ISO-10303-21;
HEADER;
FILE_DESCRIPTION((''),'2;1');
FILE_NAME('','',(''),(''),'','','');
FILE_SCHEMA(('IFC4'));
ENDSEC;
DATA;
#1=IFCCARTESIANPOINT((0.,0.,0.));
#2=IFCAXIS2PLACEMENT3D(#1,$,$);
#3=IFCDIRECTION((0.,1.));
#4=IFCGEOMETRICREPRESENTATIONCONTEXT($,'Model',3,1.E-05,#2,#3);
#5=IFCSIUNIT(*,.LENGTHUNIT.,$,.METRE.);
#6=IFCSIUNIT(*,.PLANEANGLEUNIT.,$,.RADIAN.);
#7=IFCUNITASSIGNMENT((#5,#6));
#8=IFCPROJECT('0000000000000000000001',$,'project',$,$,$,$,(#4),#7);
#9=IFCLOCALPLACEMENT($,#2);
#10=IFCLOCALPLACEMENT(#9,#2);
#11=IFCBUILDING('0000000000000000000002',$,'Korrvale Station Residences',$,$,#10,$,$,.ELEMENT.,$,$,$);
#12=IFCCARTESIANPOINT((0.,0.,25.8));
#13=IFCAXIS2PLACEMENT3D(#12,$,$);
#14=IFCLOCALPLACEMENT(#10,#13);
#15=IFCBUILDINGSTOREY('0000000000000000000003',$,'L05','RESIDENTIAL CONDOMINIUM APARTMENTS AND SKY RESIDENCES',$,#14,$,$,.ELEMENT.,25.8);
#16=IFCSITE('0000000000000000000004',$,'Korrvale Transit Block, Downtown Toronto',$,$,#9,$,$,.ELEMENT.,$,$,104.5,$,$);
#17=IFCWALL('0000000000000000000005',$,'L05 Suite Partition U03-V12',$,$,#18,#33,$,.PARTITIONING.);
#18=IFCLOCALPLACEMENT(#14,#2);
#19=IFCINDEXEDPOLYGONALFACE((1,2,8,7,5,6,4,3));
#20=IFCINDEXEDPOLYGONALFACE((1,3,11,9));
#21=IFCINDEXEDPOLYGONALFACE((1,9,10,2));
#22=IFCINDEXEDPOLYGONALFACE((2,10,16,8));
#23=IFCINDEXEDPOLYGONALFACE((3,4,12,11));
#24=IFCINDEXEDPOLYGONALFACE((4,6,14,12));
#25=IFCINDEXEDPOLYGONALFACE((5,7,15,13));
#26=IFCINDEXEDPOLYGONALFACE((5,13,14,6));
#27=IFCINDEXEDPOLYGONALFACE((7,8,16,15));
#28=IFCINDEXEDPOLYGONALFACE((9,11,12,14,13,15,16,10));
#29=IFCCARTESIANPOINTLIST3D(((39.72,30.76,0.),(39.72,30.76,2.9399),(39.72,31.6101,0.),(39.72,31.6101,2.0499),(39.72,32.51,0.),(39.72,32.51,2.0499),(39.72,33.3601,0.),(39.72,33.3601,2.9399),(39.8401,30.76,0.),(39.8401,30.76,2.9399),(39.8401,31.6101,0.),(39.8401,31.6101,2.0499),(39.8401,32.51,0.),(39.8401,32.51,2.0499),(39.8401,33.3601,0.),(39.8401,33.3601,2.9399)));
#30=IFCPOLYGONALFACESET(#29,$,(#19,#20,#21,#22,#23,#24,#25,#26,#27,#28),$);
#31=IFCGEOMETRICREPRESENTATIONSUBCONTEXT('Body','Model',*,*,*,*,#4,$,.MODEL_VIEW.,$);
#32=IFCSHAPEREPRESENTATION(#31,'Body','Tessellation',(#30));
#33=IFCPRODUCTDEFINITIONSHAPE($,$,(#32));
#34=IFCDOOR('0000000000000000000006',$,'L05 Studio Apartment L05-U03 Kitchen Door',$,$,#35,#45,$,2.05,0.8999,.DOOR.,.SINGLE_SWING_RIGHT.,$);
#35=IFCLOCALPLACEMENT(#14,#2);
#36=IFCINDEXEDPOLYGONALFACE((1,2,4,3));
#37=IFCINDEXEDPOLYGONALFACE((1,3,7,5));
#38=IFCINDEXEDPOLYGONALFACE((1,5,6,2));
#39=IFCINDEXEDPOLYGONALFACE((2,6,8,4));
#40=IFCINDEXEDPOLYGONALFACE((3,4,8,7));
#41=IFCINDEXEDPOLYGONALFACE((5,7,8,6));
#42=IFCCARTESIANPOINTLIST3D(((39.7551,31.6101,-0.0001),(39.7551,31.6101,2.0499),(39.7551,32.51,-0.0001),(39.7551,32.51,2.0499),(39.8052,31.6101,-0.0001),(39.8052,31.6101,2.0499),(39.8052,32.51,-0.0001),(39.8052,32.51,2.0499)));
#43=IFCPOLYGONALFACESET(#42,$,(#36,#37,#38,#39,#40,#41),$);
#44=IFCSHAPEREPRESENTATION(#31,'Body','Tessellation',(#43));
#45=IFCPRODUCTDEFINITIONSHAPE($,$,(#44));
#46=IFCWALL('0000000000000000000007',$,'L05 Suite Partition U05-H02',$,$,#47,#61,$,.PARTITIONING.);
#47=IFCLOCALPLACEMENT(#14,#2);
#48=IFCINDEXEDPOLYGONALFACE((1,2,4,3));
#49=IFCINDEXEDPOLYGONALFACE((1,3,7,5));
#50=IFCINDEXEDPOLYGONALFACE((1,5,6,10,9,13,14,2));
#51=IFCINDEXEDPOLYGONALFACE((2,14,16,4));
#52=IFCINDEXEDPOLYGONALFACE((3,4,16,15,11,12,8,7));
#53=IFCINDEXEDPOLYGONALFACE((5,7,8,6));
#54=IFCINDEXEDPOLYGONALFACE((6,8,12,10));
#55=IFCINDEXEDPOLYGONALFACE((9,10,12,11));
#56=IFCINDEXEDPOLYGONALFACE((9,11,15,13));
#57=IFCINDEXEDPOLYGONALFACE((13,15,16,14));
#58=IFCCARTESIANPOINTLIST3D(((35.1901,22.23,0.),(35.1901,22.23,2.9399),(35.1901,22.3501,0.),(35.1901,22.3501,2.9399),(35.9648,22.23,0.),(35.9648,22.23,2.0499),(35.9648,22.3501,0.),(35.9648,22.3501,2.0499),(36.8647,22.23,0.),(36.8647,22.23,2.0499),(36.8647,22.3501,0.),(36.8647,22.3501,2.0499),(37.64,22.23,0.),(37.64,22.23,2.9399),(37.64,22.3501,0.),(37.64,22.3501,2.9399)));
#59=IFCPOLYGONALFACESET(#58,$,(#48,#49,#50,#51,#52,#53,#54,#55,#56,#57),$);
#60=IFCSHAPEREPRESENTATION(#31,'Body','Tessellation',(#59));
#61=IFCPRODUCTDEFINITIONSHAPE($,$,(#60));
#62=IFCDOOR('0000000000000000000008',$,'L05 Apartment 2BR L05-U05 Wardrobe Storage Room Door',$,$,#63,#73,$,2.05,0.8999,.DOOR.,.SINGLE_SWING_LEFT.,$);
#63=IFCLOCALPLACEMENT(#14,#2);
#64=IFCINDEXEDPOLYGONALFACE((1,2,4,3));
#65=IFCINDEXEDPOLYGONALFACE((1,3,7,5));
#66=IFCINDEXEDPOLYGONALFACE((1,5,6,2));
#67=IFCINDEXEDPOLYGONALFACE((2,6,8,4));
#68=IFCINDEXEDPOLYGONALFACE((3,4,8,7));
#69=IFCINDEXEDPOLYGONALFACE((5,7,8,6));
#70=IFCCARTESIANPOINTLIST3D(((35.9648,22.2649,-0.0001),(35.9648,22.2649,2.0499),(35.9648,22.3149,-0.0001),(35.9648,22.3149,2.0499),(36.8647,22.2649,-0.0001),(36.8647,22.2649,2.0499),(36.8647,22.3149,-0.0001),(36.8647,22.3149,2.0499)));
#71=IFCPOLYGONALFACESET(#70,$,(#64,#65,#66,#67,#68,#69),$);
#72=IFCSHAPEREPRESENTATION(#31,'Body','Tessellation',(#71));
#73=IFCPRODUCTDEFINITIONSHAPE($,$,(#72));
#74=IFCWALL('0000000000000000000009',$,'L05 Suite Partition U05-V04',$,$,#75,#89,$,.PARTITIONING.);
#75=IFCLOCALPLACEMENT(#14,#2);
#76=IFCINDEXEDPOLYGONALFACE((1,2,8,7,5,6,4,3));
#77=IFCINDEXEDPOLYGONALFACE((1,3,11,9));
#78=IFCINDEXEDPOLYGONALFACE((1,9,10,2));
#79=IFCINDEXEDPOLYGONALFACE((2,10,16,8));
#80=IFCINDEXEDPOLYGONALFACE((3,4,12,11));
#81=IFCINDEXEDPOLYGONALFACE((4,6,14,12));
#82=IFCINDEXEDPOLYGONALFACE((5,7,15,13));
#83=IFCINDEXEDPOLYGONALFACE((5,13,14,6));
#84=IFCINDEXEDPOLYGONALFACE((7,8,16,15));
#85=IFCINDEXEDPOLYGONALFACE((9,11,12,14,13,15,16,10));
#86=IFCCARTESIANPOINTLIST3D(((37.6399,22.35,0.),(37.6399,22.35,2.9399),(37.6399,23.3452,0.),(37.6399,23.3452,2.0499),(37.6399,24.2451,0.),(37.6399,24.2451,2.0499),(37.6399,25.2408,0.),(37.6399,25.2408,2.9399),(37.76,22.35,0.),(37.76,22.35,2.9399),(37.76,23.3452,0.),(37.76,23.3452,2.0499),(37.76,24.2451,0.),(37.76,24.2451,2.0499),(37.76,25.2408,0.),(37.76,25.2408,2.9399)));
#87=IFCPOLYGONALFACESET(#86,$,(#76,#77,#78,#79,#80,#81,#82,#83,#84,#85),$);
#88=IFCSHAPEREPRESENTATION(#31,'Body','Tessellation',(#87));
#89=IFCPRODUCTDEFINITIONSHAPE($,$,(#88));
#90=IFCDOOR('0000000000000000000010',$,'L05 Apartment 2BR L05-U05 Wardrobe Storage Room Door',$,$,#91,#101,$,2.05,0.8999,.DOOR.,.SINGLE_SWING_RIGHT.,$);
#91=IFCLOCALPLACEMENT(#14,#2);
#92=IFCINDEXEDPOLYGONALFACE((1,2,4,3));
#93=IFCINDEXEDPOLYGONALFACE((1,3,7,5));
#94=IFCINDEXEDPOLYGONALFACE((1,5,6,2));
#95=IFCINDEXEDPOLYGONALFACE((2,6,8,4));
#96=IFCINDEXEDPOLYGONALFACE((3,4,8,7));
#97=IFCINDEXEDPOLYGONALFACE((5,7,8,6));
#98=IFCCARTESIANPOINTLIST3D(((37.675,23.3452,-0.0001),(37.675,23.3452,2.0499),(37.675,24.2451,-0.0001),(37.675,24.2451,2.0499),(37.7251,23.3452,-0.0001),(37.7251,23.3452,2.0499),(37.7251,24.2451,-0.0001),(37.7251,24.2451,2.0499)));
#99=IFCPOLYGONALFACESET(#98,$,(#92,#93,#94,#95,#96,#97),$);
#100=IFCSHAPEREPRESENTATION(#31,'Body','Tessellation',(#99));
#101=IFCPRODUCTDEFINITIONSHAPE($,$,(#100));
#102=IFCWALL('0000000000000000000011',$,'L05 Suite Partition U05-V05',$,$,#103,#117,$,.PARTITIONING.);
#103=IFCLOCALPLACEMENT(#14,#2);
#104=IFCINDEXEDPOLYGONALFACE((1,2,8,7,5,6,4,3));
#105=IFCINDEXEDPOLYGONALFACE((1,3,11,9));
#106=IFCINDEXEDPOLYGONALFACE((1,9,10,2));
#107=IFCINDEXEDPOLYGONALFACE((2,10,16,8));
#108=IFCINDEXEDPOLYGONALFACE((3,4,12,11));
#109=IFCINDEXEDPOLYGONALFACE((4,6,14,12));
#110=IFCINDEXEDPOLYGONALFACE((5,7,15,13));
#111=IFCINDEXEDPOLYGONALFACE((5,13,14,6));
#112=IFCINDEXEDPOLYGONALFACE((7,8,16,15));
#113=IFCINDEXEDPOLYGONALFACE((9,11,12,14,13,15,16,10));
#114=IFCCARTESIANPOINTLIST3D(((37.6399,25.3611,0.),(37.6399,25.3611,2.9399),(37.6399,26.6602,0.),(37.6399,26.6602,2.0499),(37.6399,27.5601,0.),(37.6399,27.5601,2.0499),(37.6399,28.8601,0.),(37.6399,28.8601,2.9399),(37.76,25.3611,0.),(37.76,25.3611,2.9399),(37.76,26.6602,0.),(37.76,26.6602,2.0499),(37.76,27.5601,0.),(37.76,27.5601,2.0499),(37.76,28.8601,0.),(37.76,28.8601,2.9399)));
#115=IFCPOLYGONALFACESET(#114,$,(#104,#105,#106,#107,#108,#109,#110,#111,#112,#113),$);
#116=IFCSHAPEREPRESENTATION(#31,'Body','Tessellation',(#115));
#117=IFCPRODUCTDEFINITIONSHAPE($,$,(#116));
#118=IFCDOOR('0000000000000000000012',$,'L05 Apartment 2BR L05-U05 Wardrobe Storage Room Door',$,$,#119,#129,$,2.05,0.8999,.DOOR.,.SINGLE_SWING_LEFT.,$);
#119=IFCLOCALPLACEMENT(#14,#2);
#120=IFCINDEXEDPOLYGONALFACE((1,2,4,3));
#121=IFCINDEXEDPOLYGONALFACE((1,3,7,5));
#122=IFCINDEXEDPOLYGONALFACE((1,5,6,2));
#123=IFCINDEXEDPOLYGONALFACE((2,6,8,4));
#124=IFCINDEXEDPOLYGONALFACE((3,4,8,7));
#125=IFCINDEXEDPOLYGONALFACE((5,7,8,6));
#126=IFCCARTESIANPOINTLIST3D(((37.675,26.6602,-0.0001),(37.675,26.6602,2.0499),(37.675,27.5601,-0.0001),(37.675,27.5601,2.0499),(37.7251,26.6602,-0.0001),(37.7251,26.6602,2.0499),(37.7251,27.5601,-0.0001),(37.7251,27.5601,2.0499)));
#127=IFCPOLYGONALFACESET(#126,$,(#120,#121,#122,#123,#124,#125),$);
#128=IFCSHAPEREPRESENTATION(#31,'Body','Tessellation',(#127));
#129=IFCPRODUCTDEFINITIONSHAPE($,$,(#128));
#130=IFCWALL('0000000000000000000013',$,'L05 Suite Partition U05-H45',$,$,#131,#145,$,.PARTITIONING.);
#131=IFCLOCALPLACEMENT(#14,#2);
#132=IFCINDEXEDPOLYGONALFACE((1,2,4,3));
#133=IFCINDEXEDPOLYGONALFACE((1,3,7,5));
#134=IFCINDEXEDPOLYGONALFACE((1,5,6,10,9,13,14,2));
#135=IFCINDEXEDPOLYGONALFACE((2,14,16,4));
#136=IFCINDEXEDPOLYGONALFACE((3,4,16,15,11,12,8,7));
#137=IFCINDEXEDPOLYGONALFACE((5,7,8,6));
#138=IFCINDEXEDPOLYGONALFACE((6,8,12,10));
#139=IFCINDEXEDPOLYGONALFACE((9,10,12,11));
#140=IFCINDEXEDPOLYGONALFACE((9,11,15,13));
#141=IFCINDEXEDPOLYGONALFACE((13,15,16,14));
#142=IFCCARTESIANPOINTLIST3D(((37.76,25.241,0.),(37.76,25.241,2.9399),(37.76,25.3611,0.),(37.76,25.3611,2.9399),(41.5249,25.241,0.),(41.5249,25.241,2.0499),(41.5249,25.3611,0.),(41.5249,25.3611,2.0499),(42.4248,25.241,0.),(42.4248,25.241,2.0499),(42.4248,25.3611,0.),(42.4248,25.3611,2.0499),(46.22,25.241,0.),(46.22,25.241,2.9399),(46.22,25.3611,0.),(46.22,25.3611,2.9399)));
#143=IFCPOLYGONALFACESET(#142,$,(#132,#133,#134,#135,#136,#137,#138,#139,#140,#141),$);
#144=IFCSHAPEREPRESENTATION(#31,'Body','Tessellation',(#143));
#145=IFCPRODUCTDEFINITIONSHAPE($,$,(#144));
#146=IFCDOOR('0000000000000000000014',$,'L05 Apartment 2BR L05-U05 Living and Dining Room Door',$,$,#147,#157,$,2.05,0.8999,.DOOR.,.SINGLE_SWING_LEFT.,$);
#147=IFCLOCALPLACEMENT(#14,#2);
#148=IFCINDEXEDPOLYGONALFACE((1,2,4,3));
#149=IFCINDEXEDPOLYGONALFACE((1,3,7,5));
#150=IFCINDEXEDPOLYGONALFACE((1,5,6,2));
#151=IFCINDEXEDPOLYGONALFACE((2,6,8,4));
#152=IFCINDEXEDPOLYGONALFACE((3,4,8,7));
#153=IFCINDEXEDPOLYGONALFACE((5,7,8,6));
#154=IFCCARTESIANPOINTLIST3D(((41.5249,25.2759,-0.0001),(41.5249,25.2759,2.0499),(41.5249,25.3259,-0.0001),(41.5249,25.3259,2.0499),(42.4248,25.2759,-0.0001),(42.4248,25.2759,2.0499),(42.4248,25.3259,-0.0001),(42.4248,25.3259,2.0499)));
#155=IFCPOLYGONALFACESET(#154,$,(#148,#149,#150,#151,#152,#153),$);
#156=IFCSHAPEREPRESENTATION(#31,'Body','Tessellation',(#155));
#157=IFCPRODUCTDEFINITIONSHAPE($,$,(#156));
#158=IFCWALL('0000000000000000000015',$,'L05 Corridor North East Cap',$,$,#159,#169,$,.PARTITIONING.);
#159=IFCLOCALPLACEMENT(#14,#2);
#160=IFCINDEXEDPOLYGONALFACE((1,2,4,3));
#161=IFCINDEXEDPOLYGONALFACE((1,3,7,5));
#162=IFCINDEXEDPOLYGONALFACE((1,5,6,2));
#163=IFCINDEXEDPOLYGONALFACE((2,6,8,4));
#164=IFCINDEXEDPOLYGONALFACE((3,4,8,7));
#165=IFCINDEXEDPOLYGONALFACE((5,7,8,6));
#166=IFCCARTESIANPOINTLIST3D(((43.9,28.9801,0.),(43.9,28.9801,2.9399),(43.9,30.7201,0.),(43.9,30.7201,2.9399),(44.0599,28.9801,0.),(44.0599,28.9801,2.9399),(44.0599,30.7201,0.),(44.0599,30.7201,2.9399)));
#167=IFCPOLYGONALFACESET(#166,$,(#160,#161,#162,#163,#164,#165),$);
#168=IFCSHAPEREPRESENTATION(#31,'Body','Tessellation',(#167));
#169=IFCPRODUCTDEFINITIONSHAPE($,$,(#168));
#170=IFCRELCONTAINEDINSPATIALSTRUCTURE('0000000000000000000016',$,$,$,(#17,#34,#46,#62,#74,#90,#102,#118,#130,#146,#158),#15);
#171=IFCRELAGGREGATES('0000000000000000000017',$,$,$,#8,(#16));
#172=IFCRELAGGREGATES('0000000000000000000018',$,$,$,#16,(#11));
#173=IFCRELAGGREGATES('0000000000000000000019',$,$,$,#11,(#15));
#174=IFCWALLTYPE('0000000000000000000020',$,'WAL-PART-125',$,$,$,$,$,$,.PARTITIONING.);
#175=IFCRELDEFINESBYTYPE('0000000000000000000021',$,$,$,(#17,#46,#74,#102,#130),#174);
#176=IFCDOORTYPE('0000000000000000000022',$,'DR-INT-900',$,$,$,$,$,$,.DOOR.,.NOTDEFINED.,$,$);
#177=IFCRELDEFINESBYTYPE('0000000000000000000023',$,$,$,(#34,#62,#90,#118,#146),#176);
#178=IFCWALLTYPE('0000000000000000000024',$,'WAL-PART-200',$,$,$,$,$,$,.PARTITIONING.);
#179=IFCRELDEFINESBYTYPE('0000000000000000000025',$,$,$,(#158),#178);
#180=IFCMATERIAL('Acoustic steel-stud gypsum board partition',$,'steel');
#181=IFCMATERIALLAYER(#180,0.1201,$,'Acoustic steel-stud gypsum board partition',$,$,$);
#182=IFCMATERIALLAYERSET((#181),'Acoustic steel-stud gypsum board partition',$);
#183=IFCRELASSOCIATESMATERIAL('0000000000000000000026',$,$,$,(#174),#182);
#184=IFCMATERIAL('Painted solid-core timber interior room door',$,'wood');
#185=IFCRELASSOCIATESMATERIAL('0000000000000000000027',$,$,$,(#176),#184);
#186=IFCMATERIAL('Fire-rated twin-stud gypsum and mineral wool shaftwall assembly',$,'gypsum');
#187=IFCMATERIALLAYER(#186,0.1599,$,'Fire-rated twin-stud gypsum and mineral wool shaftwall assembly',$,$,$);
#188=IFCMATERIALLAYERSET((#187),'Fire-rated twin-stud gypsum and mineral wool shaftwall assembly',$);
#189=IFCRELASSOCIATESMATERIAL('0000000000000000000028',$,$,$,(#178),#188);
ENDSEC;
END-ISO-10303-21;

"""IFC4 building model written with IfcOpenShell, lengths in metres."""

from ifc_helpers import new_model, si_unit, direction, frame, frame_2d, origin, place, context, subcontext, project, spatial, rectangle, extrude, material, layer, layer_set, type_object, element, fill, save


model = new_model("IFC4")

# Units and contexts
model_context = context("Model", 3, precision=1e-05, world=origin(), true_north=direction((0.0, 1.0)))
body_context = subcontext(model_context, "Body", "Model", "MODEL_VIEW")
ifc_project = project(units=[si_unit("LENGTHUNIT", "METRE"), si_unit("PLANEANGLEUNIT", "RADIAN")], contexts=[model_context])

# Site, building, storey
site_placement = place(None, origin())
site = spatial("IfcSite", under=ifc_project, at=site_placement, Name="Korrvale Transit Block, Downtown Toronto", CompositionType="ELEMENT", RefElevation=104.5)
building_placement = place(site_placement, origin())
building = spatial("IfcBuilding", under=site, at=building_placement, Name="Korrvale Station Residences", CompositionType="ELEMENT")
storey_placement = place(building_placement, frame((0.0, 0.0, 25.8)))
storey = spatial("IfcBuildingStorey", under=building, at=storey_placement, Name="L05", Description="RESIDENTIAL CONDOMINIUM APARTMENTS AND SKY RESIDENCES", CompositionType="ELEMENT", Elevation=25.8)

# Walls, openings, doors
ifc_material_1 = material(Name="Acoustic steel-stud gypsum board partition", Category="steel")
ifc_layer_1 = layer(ifc_material_1, 0.1201, Name="Acoustic steel-stud gypsum board partition")
ifc_layer_set_1 = layer_set([ifc_layer_1], Name="Acoustic steel-stud gypsum board partition")
wall_type_1 = type_object("IfcWallType", Name="WAL-PART-125", PredefinedType="PARTITIONING", material=ifc_layer_set_1)
wall_1_placement = place(storey_placement, frame((39.78, 30.76, 0.0), z_axis=(0.0, 0.0, 1.0), x_axis=(0.0, 1.0, 0.0)))
wall_1 = element("IfcWall", 1, at=wall_1_placement, inside=storey, type_object=wall_type_1, Name="L05 Suite Partition U03-V12", PredefinedType="PARTITIONING", context=body_context, shape_type="SweptSolid", body=[
    extrude(rectangle(XDim=2.6001, YDim=0.1201, at=frame_2d((1.3, 0.0))), origin(), (0.0, 0.0, 1.0), 2.9399),
])
opening_1_placement = place(wall_1_placement, frame((0.8501, 0.0, 0.0)))
opening_1 = element("IfcOpeningElement", 2, at=opening_1_placement, cuts=wall_1, PredefinedType="OPENING", context=body_context, shape_type="SweptSolid", body=[
    extrude(rectangle(XDim=0.8999, YDim=2.05, at=frame_2d((0.45, 1.0249))), frame((0.0, 0.0701, 0.0), z_axis=(0.0, -1.0, 0.0), x_axis=(1.0, 0.0, 0.0)), (0.0, 0.0, 1.0), 0.1401),
])
ifc_material_2 = material(Name="Painted solid-core timber interior room door", Category="wood")
door_type_1 = type_object("IfcDoorType", Name="DR-INT-900", OperationType="NOTDEFINED", PredefinedType="DOOR", material=ifc_material_2)
door_1_placement = place(opening_1_placement, origin())
door_1 = element("IfcDoor", 3, at=door_1_placement, inside=storey, type_object=door_type_1, Name="L05 Studio Apartment L05-U03 Kitchen Door", OperationType="SINGLE_SWING_RIGHT", OverallHeight=2.05, OverallWidth=0.8999, PredefinedType="DOOR", context=body_context, shape_type="SweptSolid", body=[
    extrude(rectangle(XDim=0.8999, YDim=2.05, at=frame_2d((0.45, 1.0249))), frame((0.0, 0.0249, 0.0), z_axis=(0.0, -1.0, 0.0), x_axis=(1.0, 0.0, 0.0)), (0.0, 0.0, 1.0), 0.05),
])
fill(opening_1, door_1)
wall_2_placement = place(storey_placement, frame((35.1899, 22.29, 0.0), z_axis=(0.0, 0.0, 1.0), x_axis=(1.0, 0.0, 0.0)))
wall_2 = element("IfcWall", 4, at=wall_2_placement, inside=storey, type_object=wall_type_1, Name="L05 Suite Partition U05-H02", PredefinedType="PARTITIONING", context=body_context, shape_type="SweptSolid", body=[
    extrude(rectangle(XDim=2.45, YDim=0.1201, at=frame_2d((1.2251, 0.0))), origin(), (0.0, 0.0, 1.0), 2.9399),
])
opening_2_placement = place(wall_2_placement, frame((0.7749, 0.0, 0.0)))
opening_2 = element("IfcOpeningElement", 5, at=opening_2_placement, cuts=wall_2, PredefinedType="OPENING", context=body_context, shape_type="SweptSolid", body=[
    extrude(rectangle(XDim=0.8999, YDim=2.05, at=frame_2d((0.45, 1.0249))), frame((0.0, 0.0701, 0.0), z_axis=(0.0, -1.0, 0.0), x_axis=(1.0, 0.0, 0.0)), (0.0, 0.0, 1.0), 0.1401),
])
door_2_placement = place(opening_2_placement, origin())
door_2 = element("IfcDoor", 6, at=door_2_placement, inside=storey, type_object=door_type_1, Name="L05 Apartment 2BR L05-U05 Wardrobe Storage Room Door", OperationType="SINGLE_SWING_LEFT", OverallHeight=2.05, OverallWidth=0.8999, PredefinedType="DOOR", context=body_context, shape_type="SweptSolid", body=[
    extrude(rectangle(XDim=0.8999, YDim=2.05, at=frame_2d((0.45, 1.0249))), frame((0.0, 0.0249, 0.0), z_axis=(0.0, -1.0, 0.0), x_axis=(1.0, 0.0, 0.0)), (0.0, 0.0, 1.0), 0.05),
])
fill(opening_2, door_2)
wall_3_placement = place(storey_placement, frame((37.7, 22.3501, 0.0), z_axis=(0.0, 0.0, 1.0), x_axis=(0.0, 1.0, 0.0)))
wall_3 = element("IfcWall", 7, at=wall_3_placement, inside=storey, type_object=wall_type_1, Name="L05 Suite Partition U05-V04", PredefinedType="PARTITIONING", context=body_context, shape_type="SweptSolid", body=[
    extrude(rectangle(XDim=2.8909, YDim=0.1201, at=frame_2d((1.4453, 0.0))), origin(), (0.0, 0.0, 1.0), 2.9399),
])
opening_3_placement = place(wall_3_placement, frame((0.9951, 0.0, 0.0)))
opening_3 = element("IfcOpeningElement", 8, at=opening_3_placement, cuts=wall_3, PredefinedType="OPENING", context=body_context, shape_type="SweptSolid", body=[
    extrude(rectangle(XDim=0.8999, YDim=2.05, at=frame_2d((0.45, 1.0249))), frame((0.0, 0.0701, 0.0), z_axis=(0.0, -1.0, 0.0), x_axis=(1.0, 0.0, 0.0)), (0.0, 0.0, 1.0), 0.1401),
])
door_3_placement = place(opening_3_placement, origin())
door_3 = element("IfcDoor", 9, at=door_3_placement, inside=storey, type_object=door_type_1, Name="L05 Apartment 2BR L05-U05 Wardrobe Storage Room Door", OperationType="SINGLE_SWING_RIGHT", OverallHeight=2.05, OverallWidth=0.8999, PredefinedType="DOOR", context=body_context, shape_type="SweptSolid", body=[
    extrude(rectangle(XDim=0.8999, YDim=2.05, at=frame_2d((0.45, 1.0249))), frame((0.0, 0.0249, 0.0), z_axis=(0.0, -1.0, 0.0), x_axis=(1.0, 0.0, 0.0)), (0.0, 0.0, 1.0), 0.05),
])
fill(opening_3, door_3)
wall_4_placement = place(storey_placement, frame((37.7, 25.3611, 0.0), z_axis=(0.0, 0.0, 1.0), x_axis=(0.0, 1.0, 0.0)))
wall_4 = element("IfcWall", 10, at=wall_4_placement, inside=storey, type_object=wall_type_1, Name="L05 Suite Partition U05-V05", PredefinedType="PARTITIONING", context=body_context, shape_type="SweptSolid", body=[
    extrude(rectangle(XDim=3.499, YDim=0.1201, at=frame_2d((1.7495, 0.0))), origin(), (0.0, 0.0, 1.0), 2.9399),
])
opening_4_placement = place(wall_4_placement, frame((1.2991, 0.0, 0.0)))
opening_4 = element("IfcOpeningElement", 11, at=opening_4_placement, cuts=wall_4, PredefinedType="OPENING", context=body_context, shape_type="SweptSolid", body=[
    extrude(rectangle(XDim=0.8999, YDim=2.05, at=frame_2d((0.45, 1.0249))), frame((0.0, 0.0701, 0.0), z_axis=(0.0, -1.0, 0.0), x_axis=(1.0, 0.0, 0.0)), (0.0, 0.0, 1.0), 0.1401),
])
door_4_placement = place(opening_4_placement, origin())
door_4 = element("IfcDoor", 12, at=door_4_placement, inside=storey, type_object=door_type_1, Name="L05 Apartment 2BR L05-U05 Wardrobe Storage Room Door", OperationType="SINGLE_SWING_LEFT", OverallHeight=2.05, OverallWidth=0.8999, PredefinedType="DOOR", context=body_context, shape_type="SweptSolid", body=[
    extrude(rectangle(XDim=0.8999, YDim=2.05, at=frame_2d((0.45, 1.0249))), frame((0.0, 0.0249, 0.0), z_axis=(0.0, -1.0, 0.0), x_axis=(1.0, 0.0, 0.0)), (0.0, 0.0, 1.0), 0.05),
])
fill(opening_4, door_4)
wall_5_placement = place(storey_placement, frame((37.76, 25.301, 0.0), z_axis=(0.0, 0.0, 1.0), x_axis=(1.0, 0.0, 0.0)))
wall_5 = element("IfcWall", 13, at=wall_5_placement, inside=storey, type_object=wall_type_1, Name="L05 Suite Partition U05-H45", PredefinedType="PARTITIONING", context=body_context, shape_type="SweptSolid", body=[
    extrude(rectangle(XDim=8.46, YDim=0.1201, at=frame_2d((4.23, 0.0))), origin(), (0.0, 0.0, 1.0), 2.9399),
])
opening_5_placement = place(wall_5_placement, frame((3.7649, 0.0, 0.0)))
opening_5 = element("IfcOpeningElement", 14, at=opening_5_placement, cuts=wall_5, PredefinedType="OPENING", context=body_context, shape_type="SweptSolid", body=[
    extrude(rectangle(XDim=0.8999, YDim=2.05, at=frame_2d((0.45, 1.0249))), frame((0.0, 0.0701, 0.0), z_axis=(0.0, -1.0, 0.0), x_axis=(1.0, 0.0, 0.0)), (0.0, 0.0, 1.0), 0.1401),
])
door_5_placement = place(opening_5_placement, origin())
door_5 = element("IfcDoor", 15, at=door_5_placement, inside=storey, type_object=door_type_1, Name="L05 Apartment 2BR L05-U05 Living and Dining Room Door", OperationType="SINGLE_SWING_LEFT", OverallHeight=2.05, OverallWidth=0.8999, PredefinedType="DOOR", context=body_context, shape_type="SweptSolid", body=[
    extrude(rectangle(XDim=0.8999, YDim=2.05, at=frame_2d((0.45, 1.0249))), frame((0.0, 0.0249, 0.0), z_axis=(0.0, -1.0, 0.0), x_axis=(1.0, 0.0, 0.0)), (0.0, 0.0, 1.0), 0.05),
])
fill(opening_5, door_5)

# Wall
ifc_material_3 = material(Name="Fire-rated twin-stud gypsum and mineral wool shaftwall assembly", Category="gypsum")
ifc_layer_2 = layer(ifc_material_3, 0.1599, Name="Fire-rated twin-stud gypsum and mineral wool shaftwall assembly")
ifc_layer_set_2 = layer_set([ifc_layer_2], Name="Fire-rated twin-stud gypsum and mineral wool shaftwall assembly")
wall_type_2 = type_object("IfcWallType", Name="WAL-PART-200", PredefinedType="PARTITIONING", material=ifc_layer_set_2)
wall_6_placement = place(storey_placement, frame((43.98, 28.98, 0.0), z_axis=(0.0, 0.0, 1.0), x_axis=(0.0, 1.0, 0.0)))
element("IfcWall", 16, at=wall_6_placement, inside=storey, type_object=wall_type_2, Name="L05 Corridor North East Cap", PredefinedType="PARTITIONING", context=body_context, shape_type="SweptSolid", body=[
    extrude(rectangle(XDim=1.74, YDim=0.1599, at=frame_2d((0.8701, 0.0))), origin(), (0.0, 0.0, 1.0), 2.9399),
])

save(model, "model.ifc")
